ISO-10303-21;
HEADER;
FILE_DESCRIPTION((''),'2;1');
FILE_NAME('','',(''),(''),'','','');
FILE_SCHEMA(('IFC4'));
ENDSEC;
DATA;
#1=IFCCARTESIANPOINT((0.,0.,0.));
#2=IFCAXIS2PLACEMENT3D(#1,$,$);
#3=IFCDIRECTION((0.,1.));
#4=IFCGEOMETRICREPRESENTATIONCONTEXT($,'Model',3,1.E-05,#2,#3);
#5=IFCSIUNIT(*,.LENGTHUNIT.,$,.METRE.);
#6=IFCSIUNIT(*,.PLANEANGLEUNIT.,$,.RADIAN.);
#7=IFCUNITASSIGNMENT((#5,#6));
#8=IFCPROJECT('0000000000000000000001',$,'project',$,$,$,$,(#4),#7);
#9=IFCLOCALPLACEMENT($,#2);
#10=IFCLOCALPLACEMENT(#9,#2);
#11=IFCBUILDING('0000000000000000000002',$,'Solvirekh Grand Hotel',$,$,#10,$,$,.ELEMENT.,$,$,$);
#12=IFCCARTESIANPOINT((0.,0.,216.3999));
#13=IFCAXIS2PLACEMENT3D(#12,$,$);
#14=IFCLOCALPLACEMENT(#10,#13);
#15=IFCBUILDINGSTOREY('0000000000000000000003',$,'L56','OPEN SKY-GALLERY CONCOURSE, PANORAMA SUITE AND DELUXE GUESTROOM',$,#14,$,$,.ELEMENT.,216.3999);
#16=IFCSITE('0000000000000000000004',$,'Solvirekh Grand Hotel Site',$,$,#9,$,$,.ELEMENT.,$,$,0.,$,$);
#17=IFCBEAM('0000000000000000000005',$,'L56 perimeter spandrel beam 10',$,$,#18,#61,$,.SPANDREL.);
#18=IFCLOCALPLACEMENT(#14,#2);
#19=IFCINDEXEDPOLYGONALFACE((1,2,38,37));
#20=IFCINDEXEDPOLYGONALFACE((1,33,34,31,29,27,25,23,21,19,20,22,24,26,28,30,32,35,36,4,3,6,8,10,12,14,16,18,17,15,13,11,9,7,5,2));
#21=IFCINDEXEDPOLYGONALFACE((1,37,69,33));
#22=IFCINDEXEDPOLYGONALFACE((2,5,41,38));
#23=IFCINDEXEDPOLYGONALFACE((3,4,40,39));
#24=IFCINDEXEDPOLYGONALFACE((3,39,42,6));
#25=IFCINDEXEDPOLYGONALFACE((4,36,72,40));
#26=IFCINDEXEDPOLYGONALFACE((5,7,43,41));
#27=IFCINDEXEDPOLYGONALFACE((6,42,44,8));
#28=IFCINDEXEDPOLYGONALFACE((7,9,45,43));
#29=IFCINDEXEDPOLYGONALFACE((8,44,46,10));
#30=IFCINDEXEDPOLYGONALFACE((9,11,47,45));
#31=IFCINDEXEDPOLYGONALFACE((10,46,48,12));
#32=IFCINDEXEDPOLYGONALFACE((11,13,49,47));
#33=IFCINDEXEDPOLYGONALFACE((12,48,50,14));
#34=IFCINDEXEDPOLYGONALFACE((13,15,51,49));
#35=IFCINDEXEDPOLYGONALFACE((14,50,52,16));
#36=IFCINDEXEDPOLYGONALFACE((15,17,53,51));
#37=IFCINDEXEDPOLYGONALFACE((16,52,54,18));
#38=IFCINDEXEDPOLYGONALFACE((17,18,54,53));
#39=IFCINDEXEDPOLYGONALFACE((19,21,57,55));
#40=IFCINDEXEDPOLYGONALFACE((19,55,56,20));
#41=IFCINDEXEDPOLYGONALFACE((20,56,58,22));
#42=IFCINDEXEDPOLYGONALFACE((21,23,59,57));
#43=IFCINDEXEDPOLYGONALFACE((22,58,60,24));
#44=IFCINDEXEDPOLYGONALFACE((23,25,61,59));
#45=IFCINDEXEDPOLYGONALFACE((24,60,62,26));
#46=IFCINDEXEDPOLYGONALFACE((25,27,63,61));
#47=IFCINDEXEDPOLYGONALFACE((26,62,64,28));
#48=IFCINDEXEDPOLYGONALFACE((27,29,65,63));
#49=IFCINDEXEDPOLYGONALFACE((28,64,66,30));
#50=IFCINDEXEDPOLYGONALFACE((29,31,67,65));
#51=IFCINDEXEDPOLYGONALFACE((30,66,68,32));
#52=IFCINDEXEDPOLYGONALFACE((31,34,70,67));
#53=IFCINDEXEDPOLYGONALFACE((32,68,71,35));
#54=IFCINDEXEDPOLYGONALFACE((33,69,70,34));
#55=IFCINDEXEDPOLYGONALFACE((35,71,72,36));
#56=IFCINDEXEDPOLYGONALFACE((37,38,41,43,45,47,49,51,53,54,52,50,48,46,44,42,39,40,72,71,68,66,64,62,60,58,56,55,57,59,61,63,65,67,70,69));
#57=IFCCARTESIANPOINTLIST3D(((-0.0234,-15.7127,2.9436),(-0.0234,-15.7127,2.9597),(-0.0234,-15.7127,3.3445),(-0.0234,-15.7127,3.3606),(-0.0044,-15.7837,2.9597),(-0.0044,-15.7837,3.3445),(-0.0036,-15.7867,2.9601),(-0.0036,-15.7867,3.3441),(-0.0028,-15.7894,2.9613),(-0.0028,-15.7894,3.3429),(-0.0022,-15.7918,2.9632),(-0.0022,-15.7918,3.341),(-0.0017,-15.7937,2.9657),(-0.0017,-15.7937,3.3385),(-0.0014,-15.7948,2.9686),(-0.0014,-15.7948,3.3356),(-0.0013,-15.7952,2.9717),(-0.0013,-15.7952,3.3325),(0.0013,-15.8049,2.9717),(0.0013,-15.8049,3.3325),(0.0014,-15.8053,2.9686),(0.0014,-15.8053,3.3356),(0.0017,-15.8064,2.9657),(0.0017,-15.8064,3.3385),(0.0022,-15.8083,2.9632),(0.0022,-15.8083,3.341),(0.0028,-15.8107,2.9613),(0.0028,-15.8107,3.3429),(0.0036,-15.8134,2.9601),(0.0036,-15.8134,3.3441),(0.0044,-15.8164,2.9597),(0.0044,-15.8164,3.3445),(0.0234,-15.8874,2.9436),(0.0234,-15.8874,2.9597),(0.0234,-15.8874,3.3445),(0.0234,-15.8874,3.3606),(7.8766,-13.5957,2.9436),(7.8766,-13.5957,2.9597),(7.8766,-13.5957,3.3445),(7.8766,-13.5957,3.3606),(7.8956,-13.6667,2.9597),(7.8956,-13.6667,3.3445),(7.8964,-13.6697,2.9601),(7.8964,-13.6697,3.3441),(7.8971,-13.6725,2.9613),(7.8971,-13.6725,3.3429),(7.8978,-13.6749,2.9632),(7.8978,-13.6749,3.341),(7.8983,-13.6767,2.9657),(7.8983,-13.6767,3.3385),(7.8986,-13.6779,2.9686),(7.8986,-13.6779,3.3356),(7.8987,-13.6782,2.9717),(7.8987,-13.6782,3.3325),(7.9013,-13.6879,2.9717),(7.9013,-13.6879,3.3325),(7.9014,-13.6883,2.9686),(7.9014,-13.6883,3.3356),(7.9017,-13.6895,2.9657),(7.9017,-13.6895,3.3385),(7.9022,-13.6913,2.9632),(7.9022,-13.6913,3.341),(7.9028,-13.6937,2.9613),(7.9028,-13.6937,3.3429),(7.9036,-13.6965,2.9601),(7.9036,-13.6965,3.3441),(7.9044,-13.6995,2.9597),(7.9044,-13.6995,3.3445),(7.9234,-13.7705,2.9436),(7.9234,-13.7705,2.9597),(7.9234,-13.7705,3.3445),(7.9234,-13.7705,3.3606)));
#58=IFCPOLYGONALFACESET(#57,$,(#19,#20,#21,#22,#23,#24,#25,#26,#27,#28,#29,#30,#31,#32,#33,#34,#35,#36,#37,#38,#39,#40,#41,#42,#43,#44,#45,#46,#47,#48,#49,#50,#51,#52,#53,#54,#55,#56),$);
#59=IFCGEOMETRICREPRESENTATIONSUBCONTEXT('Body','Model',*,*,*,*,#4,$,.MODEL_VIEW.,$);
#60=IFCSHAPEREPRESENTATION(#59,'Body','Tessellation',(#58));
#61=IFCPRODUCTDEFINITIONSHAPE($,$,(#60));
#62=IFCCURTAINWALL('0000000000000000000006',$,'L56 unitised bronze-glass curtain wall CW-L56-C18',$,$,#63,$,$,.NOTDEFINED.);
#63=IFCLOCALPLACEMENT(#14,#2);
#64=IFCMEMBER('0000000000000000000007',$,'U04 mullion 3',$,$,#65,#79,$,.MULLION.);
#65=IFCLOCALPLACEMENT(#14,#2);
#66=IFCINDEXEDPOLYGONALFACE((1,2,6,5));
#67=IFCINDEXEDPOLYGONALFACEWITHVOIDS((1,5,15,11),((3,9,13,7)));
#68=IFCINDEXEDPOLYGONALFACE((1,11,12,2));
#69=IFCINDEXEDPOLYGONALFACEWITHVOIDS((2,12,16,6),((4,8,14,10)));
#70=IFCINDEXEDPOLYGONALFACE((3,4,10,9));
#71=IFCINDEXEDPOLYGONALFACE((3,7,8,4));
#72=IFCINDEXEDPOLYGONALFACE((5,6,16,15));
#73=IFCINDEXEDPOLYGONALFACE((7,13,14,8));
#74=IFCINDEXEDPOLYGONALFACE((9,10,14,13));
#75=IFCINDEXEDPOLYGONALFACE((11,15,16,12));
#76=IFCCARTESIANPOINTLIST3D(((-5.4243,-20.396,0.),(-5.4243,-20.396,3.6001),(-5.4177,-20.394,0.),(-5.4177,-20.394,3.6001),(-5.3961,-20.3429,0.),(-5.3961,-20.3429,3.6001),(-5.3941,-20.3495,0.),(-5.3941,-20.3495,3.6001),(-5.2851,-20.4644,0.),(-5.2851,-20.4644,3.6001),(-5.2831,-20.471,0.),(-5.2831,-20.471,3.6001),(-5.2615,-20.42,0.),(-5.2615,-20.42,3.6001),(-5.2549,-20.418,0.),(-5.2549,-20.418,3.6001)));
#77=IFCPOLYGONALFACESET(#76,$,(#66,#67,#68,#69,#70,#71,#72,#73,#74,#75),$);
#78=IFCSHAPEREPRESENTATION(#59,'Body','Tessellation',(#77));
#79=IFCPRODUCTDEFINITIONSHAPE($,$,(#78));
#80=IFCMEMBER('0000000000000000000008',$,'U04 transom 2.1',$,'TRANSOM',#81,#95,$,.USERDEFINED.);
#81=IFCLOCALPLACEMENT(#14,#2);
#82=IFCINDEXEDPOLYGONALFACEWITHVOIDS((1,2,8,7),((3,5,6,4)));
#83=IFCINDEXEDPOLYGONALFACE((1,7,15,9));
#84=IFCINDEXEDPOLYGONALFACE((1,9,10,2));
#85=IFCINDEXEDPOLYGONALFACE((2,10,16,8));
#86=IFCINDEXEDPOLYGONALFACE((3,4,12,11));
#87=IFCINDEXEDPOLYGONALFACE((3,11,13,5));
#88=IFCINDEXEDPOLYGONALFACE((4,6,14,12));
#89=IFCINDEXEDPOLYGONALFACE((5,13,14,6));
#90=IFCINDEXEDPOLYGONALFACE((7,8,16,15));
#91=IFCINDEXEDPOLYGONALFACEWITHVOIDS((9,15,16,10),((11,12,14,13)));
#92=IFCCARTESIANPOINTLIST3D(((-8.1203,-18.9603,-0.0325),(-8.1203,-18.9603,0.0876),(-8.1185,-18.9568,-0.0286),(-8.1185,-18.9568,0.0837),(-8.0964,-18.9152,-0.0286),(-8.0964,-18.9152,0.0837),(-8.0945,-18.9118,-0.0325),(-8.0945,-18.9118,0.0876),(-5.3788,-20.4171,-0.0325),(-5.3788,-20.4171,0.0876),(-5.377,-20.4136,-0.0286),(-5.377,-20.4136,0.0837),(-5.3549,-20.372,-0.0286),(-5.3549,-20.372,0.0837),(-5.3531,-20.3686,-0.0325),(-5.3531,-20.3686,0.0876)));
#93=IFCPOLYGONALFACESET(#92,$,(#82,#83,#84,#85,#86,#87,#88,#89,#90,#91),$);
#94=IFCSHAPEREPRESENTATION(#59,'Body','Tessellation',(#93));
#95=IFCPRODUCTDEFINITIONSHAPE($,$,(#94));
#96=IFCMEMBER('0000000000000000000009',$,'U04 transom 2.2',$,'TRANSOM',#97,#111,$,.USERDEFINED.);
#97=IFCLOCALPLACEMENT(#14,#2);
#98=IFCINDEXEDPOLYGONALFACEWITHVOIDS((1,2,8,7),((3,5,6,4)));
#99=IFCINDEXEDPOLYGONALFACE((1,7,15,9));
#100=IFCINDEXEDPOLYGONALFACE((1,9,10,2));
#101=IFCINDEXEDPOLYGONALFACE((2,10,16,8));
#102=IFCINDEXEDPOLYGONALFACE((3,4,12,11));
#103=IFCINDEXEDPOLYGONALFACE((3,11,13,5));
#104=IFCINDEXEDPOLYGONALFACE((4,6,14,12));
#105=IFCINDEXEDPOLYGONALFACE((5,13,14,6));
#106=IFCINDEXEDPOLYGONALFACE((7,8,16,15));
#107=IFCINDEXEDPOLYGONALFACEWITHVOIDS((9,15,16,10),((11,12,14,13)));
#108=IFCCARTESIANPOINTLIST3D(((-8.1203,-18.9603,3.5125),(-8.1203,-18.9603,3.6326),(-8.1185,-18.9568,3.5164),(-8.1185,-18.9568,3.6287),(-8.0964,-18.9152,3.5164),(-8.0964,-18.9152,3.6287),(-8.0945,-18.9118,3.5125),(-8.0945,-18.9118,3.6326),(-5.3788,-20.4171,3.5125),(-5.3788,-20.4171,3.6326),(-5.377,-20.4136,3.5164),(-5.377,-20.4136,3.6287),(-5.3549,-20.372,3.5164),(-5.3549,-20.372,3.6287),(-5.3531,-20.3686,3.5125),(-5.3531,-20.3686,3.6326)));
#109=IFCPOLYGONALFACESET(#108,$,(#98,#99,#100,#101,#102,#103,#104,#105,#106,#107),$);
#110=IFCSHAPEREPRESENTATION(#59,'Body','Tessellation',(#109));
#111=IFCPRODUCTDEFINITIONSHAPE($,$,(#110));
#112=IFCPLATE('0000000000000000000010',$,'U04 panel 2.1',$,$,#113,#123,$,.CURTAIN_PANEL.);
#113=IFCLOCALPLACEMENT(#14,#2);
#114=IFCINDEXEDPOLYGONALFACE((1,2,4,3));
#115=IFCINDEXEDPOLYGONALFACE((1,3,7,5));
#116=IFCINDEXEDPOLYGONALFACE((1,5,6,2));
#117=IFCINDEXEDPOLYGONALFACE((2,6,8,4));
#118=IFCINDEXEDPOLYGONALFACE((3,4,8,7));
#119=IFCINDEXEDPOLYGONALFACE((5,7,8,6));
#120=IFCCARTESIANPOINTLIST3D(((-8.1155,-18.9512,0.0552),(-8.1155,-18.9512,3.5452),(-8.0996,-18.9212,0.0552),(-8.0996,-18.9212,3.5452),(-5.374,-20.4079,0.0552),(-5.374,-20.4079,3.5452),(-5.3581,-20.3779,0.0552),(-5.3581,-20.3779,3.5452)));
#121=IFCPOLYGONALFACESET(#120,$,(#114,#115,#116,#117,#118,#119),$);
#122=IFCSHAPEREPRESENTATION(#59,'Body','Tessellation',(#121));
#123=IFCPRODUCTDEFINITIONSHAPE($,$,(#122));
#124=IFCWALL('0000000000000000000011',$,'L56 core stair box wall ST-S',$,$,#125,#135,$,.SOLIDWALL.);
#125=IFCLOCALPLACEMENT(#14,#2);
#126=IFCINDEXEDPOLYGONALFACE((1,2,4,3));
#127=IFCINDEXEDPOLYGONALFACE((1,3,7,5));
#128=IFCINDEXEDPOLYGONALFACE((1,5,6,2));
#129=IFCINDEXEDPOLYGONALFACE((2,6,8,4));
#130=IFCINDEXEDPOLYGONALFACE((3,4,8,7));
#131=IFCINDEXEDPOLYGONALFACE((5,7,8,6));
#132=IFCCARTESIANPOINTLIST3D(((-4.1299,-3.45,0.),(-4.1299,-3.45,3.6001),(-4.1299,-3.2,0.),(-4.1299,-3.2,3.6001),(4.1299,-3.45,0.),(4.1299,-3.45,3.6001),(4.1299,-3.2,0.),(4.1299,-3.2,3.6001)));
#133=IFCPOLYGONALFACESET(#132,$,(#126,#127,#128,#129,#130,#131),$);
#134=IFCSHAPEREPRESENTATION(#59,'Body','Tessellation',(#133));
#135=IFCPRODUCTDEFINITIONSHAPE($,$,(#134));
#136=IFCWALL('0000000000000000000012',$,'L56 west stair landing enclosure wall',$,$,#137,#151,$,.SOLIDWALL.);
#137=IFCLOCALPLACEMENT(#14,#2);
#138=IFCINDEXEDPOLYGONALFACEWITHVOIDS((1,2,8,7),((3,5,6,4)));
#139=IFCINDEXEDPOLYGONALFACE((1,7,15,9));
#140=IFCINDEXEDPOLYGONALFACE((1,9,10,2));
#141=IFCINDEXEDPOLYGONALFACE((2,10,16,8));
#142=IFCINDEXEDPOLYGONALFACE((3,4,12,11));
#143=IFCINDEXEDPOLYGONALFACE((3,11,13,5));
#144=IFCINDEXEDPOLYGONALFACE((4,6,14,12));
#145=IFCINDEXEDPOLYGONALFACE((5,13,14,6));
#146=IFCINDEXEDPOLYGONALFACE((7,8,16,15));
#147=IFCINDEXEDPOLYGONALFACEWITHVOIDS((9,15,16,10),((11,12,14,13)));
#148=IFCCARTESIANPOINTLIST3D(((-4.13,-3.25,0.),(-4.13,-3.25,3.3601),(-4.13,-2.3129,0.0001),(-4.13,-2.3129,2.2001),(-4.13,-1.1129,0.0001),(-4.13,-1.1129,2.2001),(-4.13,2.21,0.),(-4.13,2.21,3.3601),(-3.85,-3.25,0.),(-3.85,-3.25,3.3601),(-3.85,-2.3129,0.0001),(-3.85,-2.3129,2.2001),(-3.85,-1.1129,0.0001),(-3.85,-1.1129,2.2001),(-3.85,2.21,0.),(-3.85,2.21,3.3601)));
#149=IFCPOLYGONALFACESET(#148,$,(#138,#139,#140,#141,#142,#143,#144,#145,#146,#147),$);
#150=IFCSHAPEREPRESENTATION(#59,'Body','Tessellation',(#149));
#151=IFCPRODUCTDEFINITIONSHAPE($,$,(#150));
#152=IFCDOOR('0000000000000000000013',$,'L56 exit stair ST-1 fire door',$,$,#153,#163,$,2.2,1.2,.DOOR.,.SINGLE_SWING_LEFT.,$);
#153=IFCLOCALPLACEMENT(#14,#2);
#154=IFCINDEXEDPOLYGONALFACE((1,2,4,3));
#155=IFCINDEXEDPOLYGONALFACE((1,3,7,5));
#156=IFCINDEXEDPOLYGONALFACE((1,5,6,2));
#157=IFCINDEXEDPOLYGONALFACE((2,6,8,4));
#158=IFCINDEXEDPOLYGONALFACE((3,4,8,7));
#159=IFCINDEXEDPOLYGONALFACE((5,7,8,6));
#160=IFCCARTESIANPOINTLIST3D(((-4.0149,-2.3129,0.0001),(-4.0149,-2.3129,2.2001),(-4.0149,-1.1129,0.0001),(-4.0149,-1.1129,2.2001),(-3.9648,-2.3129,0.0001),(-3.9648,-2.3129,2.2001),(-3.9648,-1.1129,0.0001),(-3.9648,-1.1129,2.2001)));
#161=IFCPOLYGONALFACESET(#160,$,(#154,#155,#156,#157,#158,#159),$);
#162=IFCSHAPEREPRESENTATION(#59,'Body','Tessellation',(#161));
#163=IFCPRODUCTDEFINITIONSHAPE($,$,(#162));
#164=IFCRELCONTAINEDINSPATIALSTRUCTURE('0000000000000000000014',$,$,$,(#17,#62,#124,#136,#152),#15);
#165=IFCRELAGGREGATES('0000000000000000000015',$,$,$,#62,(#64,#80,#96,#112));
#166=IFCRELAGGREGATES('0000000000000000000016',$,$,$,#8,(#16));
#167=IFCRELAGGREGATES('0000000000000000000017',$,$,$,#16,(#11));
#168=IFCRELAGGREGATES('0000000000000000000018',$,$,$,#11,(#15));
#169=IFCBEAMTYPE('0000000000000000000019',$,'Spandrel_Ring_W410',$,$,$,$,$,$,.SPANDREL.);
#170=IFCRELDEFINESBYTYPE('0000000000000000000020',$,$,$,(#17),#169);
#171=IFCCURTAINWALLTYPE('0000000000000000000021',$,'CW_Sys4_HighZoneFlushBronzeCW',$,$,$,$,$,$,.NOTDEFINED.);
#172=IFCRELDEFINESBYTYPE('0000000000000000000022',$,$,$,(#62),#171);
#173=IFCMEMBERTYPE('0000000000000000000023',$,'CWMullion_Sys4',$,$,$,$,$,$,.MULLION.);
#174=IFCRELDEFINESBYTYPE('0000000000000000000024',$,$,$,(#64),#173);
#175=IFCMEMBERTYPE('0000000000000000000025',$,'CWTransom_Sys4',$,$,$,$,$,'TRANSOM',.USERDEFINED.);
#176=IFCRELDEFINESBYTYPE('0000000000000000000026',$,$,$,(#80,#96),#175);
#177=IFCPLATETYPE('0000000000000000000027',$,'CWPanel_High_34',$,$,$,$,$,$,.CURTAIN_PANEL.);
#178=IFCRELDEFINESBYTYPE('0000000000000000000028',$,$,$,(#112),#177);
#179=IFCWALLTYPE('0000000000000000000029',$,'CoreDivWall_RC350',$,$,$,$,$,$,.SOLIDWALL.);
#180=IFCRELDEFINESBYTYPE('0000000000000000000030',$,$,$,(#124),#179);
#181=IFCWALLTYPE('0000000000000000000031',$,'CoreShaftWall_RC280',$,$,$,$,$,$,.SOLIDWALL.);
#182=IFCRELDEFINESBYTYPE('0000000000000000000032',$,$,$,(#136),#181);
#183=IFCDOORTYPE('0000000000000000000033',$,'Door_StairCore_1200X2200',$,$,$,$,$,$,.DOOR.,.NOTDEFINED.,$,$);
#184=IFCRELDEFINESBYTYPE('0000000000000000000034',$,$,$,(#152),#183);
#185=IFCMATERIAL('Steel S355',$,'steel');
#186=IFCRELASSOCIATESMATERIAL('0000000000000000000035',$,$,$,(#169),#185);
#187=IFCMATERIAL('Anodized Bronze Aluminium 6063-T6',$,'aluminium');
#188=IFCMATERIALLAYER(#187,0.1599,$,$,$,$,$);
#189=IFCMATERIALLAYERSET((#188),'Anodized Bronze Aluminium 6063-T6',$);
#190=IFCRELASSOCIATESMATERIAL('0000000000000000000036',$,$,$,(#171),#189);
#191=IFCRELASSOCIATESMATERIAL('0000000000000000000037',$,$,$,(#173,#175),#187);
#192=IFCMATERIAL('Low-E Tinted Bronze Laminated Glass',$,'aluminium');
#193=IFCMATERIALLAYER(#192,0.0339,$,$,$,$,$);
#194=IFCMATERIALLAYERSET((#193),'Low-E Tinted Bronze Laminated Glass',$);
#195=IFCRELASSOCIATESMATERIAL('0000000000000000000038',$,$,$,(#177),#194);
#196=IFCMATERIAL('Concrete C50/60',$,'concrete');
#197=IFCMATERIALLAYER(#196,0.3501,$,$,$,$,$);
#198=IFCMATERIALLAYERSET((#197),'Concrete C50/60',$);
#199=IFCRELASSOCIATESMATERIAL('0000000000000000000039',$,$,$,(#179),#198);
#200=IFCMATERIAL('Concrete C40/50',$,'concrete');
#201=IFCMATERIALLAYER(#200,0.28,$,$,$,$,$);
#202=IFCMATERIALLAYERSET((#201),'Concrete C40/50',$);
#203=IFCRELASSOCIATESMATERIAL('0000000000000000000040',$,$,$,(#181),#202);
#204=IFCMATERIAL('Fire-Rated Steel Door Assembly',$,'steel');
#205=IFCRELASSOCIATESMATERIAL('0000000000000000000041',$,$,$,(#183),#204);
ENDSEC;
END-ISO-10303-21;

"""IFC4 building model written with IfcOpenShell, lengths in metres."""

from ifc_helpers import new_model, si_unit, direction, frame, frame_2d, origin, origin_2d, place, context, subcontext, project, spatial, rectangle, hollow_rectangle, i_section, extrude, source, transform, mapped, material, layer, layer_set, material_profile, profile_set, type_object, element, fill, aggregate, save


model = new_model("IFC4")

# Units and contexts
model_context = context("Model", 3, precision=1e-05, world=origin(), true_north=direction((0.0, 1.0)))
body_context = subcontext(model_context, "Body", "Model", "MODEL_VIEW")
ifc_project = project(units=[si_unit("LENGTHUNIT", "METRE"), si_unit("PLANEANGLEUNIT", "RADIAN")], contexts=[model_context])

# Site, building, storey
site_placement = place(None, origin())
site = spatial("IfcSite", under=ifc_project, at=site_placement, Name="Solvirekh Grand Hotel Site", CompositionType="ELEMENT", RefElevation=0.0)
building_placement = place(site_placement, origin())
building = spatial("IfcBuilding", under=site, at=building_placement, Name="Solvirekh Grand Hotel", CompositionType="ELEMENT")
storey_placement = place(building_placement, frame((0.0, 0.0, 216.3999)))
storey = spatial("IfcBuildingStorey", under=building, at=storey_placement, Name="L56", Description="OPEN SKY-GALLERY CONCOURSE, PANORAMA SUITE AND DELUXE GUESTROOM", CompositionType="ELEMENT", Elevation=216.3999)

# Shared definitions
ifc_material_1 = material(Name="Concrete C50/60", Category="concrete")

# Beam
ifc_material_2 = material(Name="Steel S355", Category="steel")
ifc_material_profile_1 = material_profile(ifc_material_2, i_section(OverallWidth=0.1809, OverallDepth=0.417, WebThickness=0.01, FlangeThickness=0.0161, FilletRadius=0.012, at=origin_2d()), Name="W410X85")
ifc_profile_set_1 = profile_set([ifc_material_profile_1], Name="Steel S355")
beam_type_1 = type_object("IfcBeamType", Name="Spandrel_Ring_W410", PredefinedType="SPANDREL", material=ifc_profile_set_1)
for number, where, z_axis, x_axis, name in (
    (1, (0.0, -15.8, 3.1521), (0.965921, 0.258839, 0.0), (-0.258839, 0.965921, 0.0), "L56 perimeter spandrel beam 10"),
):
    element("IfcBeam", number, at=place(storey_placement, frame(where, z_axis=z_axis, x_axis=x_axis)), inside=storey, type_object=beam_type_1, Name=name, PredefinedType="SPANDREL", context=body_context, shape_type="SweptSolid", body=[
        extrude(i_section(OverallWidth=0.1809, OverallDepth=0.417, WebThickness=0.01, FlangeThickness=0.0161, FilletRadius=0.012, at=origin_2d()), origin(), (0.0, 0.0, 1.0), 8.1787),
    ])

# Curtain wall, members, plate
ifc_material_3 = material(Name="Anodized Bronze Aluminium 6063-T6", Category="aluminium")
ifc_layer_1 = layer(ifc_material_3, 0.1599)
ifc_layer_set_1 = layer_set([ifc_layer_1], Name="Anodized Bronze Aluminium 6063-T6")
curtain_wall_type = type_object("IfcCurtainWallType", Name="CW_Sys4_HighZoneFlushBronzeCW", PredefinedType="NOTDEFINED", material=ifc_layer_set_1)
curtain_wall_placement = place(storey_placement, origin())
curtain_wall = element("IfcCurtainWall", 2, at=curtain_wall_placement, inside=storey, type_object=curtain_wall_type, Name="L56 unitised bronze-glass curtain wall CW-L56-C18", PredefinedType="NOTDEFINED")
ifc_material_profile_2 = material_profile(ifc_material_3, hollow_rectangle(XDim=0.0601, YDim=0.1599, WallThickness=0.0049, at=origin_2d()), Name="ALU RHS 160X60X5")
ifc_profile_set_2 = profile_set([ifc_material_profile_2], Name="Anodized Bronze Aluminium 6063-T6")
member_type_1 = type_object("IfcMemberType", Name="CWMullion_Sys4", PredefinedType="MULLION", material=ifc_profile_set_2)
shared_shape_1 = source(origin(), body_context, "Body", "SweptSolid", [
    extrude(hollow_rectangle(XDim=0.0601, YDim=0.1599, WallThickness=0.0049, at=origin_2d()), origin(), (0.0, 0.0, 1.0), 3.6001),
])
member_1_placement = place(storey_placement, frame((-5.3396, -20.407, 0.0), z_axis=(0.0, 0.0, 1.0), x_axis=(0.469239, 0.883071, 0.0)))
member_1 = element("IfcMember", 3, at=member_1_placement, type_object=member_type_1, Name="U04 mullion 3", PredefinedType="MULLION", context=body_context, shape_type="MappedRepresentation", body=[
    mapped(shared_shape_1, transform((0.0, 0.0, 0.0), x_axis=(1.0, 0.0, 0.0), y_axis=(0.0, 1.0, 0.0), z_axis=(0.0, 0.0, 1.0), scale=1.0)),
])
ifc_material_profile_3 = material_profile(ifc_material_3, hollow_rectangle(XDim=0.0549, YDim=0.1201, WallThickness=0.0039, at=origin_2d()), Name="ALU RHS 120X55X4")
ifc_profile_set_3 = profile_set([ifc_material_profile_3], Name="Anodized Bronze Aluminium 6063-T6")
member_type_2 = type_object("IfcMemberType", Name="CWTransom_Sys4", ElementType="TRANSOM", PredefinedType="USERDEFINED", material=ifc_profile_set_3)
shared_shape_2 = source(origin(), body_context, "Body", "SweptSolid", [
    extrude(hollow_rectangle(XDim=0.0549, YDim=0.1201, WallThickness=0.0039, at=origin_2d()), origin(), (0.0, 0.0, 1.0), 3.1045),
])
member_2_placement = place(storey_placement, frame((-8.1074, -18.936, 0.0276), z_axis=(0.883064, -0.469253, 0.0), x_axis=(0.469253, 0.883064, 0.0)))
member_2 = element("IfcMember", 4, at=member_2_placement, type_object=member_type_2, Name="U04 transom 2.1", ObjectType="TRANSOM", PredefinedType="USERDEFINED", context=body_context, shape_type="MappedRepresentation", body=[
    mapped(shared_shape_2, transform((0.0, 0.0, 0.0), x_axis=(1.0, 0.0, 0.0), y_axis=(0.0, 1.0, 0.0), z_axis=(0.0, 0.0, 1.0), scale=1.0)),
])
member_3_placement = place(storey_placement, frame((-8.1074, -18.936, 3.5725), z_axis=(0.883064, -0.469253, 0.0), x_axis=(0.469253, 0.883064, 0.0)))
member_3 = element("IfcMember", 5, at=member_3_placement, type_object=member_type_2, Name="U04 transom 2.2", ObjectType="TRANSOM", PredefinedType="USERDEFINED", context=body_context, shape_type="MappedRepresentation", body=[
    mapped(shared_shape_2, transform((0.0, 0.0, 0.0), x_axis=(1.0, 0.0, 0.0), y_axis=(0.0, 1.0, 0.0), z_axis=(0.0, 0.0, 1.0), scale=1.0)),
])
ifc_material_4 = material(Name="Low-E Tinted Bronze Laminated Glass", Category="aluminium")
ifc_layer_2 = layer(ifc_material_4, 0.0339)
ifc_layer_set_2 = layer_set([ifc_layer_2], Name="Low-E Tinted Bronze Laminated Glass")
plate_type = type_object("IfcPlateType", Name="CWPanel_High_34", PredefinedType="CURTAIN_PANEL", material=ifc_layer_set_2)
shared_shape_3 = source(origin(), body_context, "Body", "SweptSolid", [
    extrude(rectangle(XDim=3.1045, YDim=0.0339, at=origin_2d()), origin(), (0.0, 0.0, 1.0), 3.49),
])
plate_placement = place(storey_placement, frame((-6.7368, -19.6646, 0.0552), z_axis=(0.0, 0.0, 1.0), x_axis=(0.883071, -0.469239, 0.0)))
plate = element("IfcPlate", 6, at=plate_placement, type_object=plate_type, Name="U04 panel 2.1", PredefinedType="CURTAIN_PANEL", context=body_context, shape_type="MappedRepresentation", body=[
    mapped(shared_shape_3, transform((0.0, 0.0, 0.0), x_axis=(1.0, 0.0, 0.0), y_axis=(0.0, 1.0, 0.0), z_axis=(0.0, 0.0, 1.0), scale=1.0)),
])
aggregate(curtain_wall, [member_1, member_2, member_3, plate])

# Wall
ifc_layer_3 = layer(ifc_material_1, 0.3501)
ifc_layer_set_3 = layer_set([ifc_layer_3], Name="Concrete C50/60")
wall_type_1 = type_object("IfcWallType", Name="CoreDivWall_RC350", PredefinedType="SOLIDWALL", material=ifc_layer_set_3)
wall_1_placement = place(storey_placement, frame((-4.1299, -3.325, 0.0), z_axis=(0.0, 0.0, 1.0), x_axis=(1.0, 0.0, 0.0)))
element("IfcWall", 7, at=wall_1_placement, inside=storey, type_object=wall_type_1, Name="L56 core stair box wall ST-S", PredefinedType="SOLIDWALL", context=body_context, shape_type="SweptSolid", body=[
    extrude(rectangle(XDim=8.2598, YDim=0.25, at=frame_2d((4.1299, 0.0))), origin(), (0.0, 0.0, 1.0), 3.6001),
])

# Wall, opening, door
ifc_material_5 = material(Name="Concrete C40/50", Category="concrete")
ifc_layer_4 = layer(ifc_material_5, 0.28)
ifc_layer_set_4 = layer_set([ifc_layer_4], Name="Concrete C40/50")
wall_type_2 = type_object("IfcWallType", Name="CoreShaftWall_RC280", PredefinedType="SOLIDWALL", material=ifc_layer_set_4)
wall_2_placement = place(storey_placement, frame((-3.99, -3.25, 0.0), z_axis=(0.0, 0.0, 1.0), x_axis=(0.0, 1.0, 0.0)))
wall_2 = element("IfcWall", 8, at=wall_2_placement, inside=storey, type_object=wall_type_2, Name="L56 west stair landing enclosure wall", PredefinedType="SOLIDWALL", context=body_context, shape_type="SweptSolid", body=[
    extrude(rectangle(XDim=5.46, YDim=0.28, at=frame_2d((2.73, 0.0))), origin(), (0.0, 0.0, 1.0), 3.3601),
])
opening_1_placement = place(wall_2_placement, frame((0.937, 0.0, 0.0)))
opening_1 = element("IfcOpeningElement", 9, at=opening_1_placement, cuts=wall_2, PredefinedType="OPENING", context=body_context, shape_type="SweptSolid", body=[
    extrude(rectangle(XDim=1.2, YDim=2.2, at=frame_2d((0.6001, 1.1001))), frame((0.0, 0.1499, 0.0), z_axis=(0.0, -1.0, 0.0), x_axis=(1.0, 0.0, 0.0)), (0.0, 0.0, 1.0), 0.3),
])
ifc_material_6 = material(Name="Fire-Rated Steel Door Assembly", Category="steel")
door_type_1 = type_object("IfcDoorType", Name="Door_StairCore_1200X2200", OperationType="NOTDEFINED", PredefinedType="DOOR", material=ifc_material_6)
door_1_placement = place(opening_1_placement, origin())
door_1 = element("IfcDoor", 10, at=door_1_placement, inside=storey, type_object=door_type_1, Name="L56 exit stair ST-1 fire door", OperationType="SINGLE_SWING_LEFT", OverallHeight=2.2, OverallWidth=1.2, PredefinedType="DOOR", context=body_context, shape_type="SweptSolid", body=[
    extrude(rectangle(XDim=1.2, YDim=2.2, at=frame_2d((0.6001, 1.1001))), frame((0.0, 0.0249, 0.0), z_axis=(0.0, -1.0, 0.0), x_axis=(1.0, 0.0, 0.0)), (0.0, 0.0, 1.0), 0.05),
])
fill(opening_1, door_1)

save(model, "model.ifc")
